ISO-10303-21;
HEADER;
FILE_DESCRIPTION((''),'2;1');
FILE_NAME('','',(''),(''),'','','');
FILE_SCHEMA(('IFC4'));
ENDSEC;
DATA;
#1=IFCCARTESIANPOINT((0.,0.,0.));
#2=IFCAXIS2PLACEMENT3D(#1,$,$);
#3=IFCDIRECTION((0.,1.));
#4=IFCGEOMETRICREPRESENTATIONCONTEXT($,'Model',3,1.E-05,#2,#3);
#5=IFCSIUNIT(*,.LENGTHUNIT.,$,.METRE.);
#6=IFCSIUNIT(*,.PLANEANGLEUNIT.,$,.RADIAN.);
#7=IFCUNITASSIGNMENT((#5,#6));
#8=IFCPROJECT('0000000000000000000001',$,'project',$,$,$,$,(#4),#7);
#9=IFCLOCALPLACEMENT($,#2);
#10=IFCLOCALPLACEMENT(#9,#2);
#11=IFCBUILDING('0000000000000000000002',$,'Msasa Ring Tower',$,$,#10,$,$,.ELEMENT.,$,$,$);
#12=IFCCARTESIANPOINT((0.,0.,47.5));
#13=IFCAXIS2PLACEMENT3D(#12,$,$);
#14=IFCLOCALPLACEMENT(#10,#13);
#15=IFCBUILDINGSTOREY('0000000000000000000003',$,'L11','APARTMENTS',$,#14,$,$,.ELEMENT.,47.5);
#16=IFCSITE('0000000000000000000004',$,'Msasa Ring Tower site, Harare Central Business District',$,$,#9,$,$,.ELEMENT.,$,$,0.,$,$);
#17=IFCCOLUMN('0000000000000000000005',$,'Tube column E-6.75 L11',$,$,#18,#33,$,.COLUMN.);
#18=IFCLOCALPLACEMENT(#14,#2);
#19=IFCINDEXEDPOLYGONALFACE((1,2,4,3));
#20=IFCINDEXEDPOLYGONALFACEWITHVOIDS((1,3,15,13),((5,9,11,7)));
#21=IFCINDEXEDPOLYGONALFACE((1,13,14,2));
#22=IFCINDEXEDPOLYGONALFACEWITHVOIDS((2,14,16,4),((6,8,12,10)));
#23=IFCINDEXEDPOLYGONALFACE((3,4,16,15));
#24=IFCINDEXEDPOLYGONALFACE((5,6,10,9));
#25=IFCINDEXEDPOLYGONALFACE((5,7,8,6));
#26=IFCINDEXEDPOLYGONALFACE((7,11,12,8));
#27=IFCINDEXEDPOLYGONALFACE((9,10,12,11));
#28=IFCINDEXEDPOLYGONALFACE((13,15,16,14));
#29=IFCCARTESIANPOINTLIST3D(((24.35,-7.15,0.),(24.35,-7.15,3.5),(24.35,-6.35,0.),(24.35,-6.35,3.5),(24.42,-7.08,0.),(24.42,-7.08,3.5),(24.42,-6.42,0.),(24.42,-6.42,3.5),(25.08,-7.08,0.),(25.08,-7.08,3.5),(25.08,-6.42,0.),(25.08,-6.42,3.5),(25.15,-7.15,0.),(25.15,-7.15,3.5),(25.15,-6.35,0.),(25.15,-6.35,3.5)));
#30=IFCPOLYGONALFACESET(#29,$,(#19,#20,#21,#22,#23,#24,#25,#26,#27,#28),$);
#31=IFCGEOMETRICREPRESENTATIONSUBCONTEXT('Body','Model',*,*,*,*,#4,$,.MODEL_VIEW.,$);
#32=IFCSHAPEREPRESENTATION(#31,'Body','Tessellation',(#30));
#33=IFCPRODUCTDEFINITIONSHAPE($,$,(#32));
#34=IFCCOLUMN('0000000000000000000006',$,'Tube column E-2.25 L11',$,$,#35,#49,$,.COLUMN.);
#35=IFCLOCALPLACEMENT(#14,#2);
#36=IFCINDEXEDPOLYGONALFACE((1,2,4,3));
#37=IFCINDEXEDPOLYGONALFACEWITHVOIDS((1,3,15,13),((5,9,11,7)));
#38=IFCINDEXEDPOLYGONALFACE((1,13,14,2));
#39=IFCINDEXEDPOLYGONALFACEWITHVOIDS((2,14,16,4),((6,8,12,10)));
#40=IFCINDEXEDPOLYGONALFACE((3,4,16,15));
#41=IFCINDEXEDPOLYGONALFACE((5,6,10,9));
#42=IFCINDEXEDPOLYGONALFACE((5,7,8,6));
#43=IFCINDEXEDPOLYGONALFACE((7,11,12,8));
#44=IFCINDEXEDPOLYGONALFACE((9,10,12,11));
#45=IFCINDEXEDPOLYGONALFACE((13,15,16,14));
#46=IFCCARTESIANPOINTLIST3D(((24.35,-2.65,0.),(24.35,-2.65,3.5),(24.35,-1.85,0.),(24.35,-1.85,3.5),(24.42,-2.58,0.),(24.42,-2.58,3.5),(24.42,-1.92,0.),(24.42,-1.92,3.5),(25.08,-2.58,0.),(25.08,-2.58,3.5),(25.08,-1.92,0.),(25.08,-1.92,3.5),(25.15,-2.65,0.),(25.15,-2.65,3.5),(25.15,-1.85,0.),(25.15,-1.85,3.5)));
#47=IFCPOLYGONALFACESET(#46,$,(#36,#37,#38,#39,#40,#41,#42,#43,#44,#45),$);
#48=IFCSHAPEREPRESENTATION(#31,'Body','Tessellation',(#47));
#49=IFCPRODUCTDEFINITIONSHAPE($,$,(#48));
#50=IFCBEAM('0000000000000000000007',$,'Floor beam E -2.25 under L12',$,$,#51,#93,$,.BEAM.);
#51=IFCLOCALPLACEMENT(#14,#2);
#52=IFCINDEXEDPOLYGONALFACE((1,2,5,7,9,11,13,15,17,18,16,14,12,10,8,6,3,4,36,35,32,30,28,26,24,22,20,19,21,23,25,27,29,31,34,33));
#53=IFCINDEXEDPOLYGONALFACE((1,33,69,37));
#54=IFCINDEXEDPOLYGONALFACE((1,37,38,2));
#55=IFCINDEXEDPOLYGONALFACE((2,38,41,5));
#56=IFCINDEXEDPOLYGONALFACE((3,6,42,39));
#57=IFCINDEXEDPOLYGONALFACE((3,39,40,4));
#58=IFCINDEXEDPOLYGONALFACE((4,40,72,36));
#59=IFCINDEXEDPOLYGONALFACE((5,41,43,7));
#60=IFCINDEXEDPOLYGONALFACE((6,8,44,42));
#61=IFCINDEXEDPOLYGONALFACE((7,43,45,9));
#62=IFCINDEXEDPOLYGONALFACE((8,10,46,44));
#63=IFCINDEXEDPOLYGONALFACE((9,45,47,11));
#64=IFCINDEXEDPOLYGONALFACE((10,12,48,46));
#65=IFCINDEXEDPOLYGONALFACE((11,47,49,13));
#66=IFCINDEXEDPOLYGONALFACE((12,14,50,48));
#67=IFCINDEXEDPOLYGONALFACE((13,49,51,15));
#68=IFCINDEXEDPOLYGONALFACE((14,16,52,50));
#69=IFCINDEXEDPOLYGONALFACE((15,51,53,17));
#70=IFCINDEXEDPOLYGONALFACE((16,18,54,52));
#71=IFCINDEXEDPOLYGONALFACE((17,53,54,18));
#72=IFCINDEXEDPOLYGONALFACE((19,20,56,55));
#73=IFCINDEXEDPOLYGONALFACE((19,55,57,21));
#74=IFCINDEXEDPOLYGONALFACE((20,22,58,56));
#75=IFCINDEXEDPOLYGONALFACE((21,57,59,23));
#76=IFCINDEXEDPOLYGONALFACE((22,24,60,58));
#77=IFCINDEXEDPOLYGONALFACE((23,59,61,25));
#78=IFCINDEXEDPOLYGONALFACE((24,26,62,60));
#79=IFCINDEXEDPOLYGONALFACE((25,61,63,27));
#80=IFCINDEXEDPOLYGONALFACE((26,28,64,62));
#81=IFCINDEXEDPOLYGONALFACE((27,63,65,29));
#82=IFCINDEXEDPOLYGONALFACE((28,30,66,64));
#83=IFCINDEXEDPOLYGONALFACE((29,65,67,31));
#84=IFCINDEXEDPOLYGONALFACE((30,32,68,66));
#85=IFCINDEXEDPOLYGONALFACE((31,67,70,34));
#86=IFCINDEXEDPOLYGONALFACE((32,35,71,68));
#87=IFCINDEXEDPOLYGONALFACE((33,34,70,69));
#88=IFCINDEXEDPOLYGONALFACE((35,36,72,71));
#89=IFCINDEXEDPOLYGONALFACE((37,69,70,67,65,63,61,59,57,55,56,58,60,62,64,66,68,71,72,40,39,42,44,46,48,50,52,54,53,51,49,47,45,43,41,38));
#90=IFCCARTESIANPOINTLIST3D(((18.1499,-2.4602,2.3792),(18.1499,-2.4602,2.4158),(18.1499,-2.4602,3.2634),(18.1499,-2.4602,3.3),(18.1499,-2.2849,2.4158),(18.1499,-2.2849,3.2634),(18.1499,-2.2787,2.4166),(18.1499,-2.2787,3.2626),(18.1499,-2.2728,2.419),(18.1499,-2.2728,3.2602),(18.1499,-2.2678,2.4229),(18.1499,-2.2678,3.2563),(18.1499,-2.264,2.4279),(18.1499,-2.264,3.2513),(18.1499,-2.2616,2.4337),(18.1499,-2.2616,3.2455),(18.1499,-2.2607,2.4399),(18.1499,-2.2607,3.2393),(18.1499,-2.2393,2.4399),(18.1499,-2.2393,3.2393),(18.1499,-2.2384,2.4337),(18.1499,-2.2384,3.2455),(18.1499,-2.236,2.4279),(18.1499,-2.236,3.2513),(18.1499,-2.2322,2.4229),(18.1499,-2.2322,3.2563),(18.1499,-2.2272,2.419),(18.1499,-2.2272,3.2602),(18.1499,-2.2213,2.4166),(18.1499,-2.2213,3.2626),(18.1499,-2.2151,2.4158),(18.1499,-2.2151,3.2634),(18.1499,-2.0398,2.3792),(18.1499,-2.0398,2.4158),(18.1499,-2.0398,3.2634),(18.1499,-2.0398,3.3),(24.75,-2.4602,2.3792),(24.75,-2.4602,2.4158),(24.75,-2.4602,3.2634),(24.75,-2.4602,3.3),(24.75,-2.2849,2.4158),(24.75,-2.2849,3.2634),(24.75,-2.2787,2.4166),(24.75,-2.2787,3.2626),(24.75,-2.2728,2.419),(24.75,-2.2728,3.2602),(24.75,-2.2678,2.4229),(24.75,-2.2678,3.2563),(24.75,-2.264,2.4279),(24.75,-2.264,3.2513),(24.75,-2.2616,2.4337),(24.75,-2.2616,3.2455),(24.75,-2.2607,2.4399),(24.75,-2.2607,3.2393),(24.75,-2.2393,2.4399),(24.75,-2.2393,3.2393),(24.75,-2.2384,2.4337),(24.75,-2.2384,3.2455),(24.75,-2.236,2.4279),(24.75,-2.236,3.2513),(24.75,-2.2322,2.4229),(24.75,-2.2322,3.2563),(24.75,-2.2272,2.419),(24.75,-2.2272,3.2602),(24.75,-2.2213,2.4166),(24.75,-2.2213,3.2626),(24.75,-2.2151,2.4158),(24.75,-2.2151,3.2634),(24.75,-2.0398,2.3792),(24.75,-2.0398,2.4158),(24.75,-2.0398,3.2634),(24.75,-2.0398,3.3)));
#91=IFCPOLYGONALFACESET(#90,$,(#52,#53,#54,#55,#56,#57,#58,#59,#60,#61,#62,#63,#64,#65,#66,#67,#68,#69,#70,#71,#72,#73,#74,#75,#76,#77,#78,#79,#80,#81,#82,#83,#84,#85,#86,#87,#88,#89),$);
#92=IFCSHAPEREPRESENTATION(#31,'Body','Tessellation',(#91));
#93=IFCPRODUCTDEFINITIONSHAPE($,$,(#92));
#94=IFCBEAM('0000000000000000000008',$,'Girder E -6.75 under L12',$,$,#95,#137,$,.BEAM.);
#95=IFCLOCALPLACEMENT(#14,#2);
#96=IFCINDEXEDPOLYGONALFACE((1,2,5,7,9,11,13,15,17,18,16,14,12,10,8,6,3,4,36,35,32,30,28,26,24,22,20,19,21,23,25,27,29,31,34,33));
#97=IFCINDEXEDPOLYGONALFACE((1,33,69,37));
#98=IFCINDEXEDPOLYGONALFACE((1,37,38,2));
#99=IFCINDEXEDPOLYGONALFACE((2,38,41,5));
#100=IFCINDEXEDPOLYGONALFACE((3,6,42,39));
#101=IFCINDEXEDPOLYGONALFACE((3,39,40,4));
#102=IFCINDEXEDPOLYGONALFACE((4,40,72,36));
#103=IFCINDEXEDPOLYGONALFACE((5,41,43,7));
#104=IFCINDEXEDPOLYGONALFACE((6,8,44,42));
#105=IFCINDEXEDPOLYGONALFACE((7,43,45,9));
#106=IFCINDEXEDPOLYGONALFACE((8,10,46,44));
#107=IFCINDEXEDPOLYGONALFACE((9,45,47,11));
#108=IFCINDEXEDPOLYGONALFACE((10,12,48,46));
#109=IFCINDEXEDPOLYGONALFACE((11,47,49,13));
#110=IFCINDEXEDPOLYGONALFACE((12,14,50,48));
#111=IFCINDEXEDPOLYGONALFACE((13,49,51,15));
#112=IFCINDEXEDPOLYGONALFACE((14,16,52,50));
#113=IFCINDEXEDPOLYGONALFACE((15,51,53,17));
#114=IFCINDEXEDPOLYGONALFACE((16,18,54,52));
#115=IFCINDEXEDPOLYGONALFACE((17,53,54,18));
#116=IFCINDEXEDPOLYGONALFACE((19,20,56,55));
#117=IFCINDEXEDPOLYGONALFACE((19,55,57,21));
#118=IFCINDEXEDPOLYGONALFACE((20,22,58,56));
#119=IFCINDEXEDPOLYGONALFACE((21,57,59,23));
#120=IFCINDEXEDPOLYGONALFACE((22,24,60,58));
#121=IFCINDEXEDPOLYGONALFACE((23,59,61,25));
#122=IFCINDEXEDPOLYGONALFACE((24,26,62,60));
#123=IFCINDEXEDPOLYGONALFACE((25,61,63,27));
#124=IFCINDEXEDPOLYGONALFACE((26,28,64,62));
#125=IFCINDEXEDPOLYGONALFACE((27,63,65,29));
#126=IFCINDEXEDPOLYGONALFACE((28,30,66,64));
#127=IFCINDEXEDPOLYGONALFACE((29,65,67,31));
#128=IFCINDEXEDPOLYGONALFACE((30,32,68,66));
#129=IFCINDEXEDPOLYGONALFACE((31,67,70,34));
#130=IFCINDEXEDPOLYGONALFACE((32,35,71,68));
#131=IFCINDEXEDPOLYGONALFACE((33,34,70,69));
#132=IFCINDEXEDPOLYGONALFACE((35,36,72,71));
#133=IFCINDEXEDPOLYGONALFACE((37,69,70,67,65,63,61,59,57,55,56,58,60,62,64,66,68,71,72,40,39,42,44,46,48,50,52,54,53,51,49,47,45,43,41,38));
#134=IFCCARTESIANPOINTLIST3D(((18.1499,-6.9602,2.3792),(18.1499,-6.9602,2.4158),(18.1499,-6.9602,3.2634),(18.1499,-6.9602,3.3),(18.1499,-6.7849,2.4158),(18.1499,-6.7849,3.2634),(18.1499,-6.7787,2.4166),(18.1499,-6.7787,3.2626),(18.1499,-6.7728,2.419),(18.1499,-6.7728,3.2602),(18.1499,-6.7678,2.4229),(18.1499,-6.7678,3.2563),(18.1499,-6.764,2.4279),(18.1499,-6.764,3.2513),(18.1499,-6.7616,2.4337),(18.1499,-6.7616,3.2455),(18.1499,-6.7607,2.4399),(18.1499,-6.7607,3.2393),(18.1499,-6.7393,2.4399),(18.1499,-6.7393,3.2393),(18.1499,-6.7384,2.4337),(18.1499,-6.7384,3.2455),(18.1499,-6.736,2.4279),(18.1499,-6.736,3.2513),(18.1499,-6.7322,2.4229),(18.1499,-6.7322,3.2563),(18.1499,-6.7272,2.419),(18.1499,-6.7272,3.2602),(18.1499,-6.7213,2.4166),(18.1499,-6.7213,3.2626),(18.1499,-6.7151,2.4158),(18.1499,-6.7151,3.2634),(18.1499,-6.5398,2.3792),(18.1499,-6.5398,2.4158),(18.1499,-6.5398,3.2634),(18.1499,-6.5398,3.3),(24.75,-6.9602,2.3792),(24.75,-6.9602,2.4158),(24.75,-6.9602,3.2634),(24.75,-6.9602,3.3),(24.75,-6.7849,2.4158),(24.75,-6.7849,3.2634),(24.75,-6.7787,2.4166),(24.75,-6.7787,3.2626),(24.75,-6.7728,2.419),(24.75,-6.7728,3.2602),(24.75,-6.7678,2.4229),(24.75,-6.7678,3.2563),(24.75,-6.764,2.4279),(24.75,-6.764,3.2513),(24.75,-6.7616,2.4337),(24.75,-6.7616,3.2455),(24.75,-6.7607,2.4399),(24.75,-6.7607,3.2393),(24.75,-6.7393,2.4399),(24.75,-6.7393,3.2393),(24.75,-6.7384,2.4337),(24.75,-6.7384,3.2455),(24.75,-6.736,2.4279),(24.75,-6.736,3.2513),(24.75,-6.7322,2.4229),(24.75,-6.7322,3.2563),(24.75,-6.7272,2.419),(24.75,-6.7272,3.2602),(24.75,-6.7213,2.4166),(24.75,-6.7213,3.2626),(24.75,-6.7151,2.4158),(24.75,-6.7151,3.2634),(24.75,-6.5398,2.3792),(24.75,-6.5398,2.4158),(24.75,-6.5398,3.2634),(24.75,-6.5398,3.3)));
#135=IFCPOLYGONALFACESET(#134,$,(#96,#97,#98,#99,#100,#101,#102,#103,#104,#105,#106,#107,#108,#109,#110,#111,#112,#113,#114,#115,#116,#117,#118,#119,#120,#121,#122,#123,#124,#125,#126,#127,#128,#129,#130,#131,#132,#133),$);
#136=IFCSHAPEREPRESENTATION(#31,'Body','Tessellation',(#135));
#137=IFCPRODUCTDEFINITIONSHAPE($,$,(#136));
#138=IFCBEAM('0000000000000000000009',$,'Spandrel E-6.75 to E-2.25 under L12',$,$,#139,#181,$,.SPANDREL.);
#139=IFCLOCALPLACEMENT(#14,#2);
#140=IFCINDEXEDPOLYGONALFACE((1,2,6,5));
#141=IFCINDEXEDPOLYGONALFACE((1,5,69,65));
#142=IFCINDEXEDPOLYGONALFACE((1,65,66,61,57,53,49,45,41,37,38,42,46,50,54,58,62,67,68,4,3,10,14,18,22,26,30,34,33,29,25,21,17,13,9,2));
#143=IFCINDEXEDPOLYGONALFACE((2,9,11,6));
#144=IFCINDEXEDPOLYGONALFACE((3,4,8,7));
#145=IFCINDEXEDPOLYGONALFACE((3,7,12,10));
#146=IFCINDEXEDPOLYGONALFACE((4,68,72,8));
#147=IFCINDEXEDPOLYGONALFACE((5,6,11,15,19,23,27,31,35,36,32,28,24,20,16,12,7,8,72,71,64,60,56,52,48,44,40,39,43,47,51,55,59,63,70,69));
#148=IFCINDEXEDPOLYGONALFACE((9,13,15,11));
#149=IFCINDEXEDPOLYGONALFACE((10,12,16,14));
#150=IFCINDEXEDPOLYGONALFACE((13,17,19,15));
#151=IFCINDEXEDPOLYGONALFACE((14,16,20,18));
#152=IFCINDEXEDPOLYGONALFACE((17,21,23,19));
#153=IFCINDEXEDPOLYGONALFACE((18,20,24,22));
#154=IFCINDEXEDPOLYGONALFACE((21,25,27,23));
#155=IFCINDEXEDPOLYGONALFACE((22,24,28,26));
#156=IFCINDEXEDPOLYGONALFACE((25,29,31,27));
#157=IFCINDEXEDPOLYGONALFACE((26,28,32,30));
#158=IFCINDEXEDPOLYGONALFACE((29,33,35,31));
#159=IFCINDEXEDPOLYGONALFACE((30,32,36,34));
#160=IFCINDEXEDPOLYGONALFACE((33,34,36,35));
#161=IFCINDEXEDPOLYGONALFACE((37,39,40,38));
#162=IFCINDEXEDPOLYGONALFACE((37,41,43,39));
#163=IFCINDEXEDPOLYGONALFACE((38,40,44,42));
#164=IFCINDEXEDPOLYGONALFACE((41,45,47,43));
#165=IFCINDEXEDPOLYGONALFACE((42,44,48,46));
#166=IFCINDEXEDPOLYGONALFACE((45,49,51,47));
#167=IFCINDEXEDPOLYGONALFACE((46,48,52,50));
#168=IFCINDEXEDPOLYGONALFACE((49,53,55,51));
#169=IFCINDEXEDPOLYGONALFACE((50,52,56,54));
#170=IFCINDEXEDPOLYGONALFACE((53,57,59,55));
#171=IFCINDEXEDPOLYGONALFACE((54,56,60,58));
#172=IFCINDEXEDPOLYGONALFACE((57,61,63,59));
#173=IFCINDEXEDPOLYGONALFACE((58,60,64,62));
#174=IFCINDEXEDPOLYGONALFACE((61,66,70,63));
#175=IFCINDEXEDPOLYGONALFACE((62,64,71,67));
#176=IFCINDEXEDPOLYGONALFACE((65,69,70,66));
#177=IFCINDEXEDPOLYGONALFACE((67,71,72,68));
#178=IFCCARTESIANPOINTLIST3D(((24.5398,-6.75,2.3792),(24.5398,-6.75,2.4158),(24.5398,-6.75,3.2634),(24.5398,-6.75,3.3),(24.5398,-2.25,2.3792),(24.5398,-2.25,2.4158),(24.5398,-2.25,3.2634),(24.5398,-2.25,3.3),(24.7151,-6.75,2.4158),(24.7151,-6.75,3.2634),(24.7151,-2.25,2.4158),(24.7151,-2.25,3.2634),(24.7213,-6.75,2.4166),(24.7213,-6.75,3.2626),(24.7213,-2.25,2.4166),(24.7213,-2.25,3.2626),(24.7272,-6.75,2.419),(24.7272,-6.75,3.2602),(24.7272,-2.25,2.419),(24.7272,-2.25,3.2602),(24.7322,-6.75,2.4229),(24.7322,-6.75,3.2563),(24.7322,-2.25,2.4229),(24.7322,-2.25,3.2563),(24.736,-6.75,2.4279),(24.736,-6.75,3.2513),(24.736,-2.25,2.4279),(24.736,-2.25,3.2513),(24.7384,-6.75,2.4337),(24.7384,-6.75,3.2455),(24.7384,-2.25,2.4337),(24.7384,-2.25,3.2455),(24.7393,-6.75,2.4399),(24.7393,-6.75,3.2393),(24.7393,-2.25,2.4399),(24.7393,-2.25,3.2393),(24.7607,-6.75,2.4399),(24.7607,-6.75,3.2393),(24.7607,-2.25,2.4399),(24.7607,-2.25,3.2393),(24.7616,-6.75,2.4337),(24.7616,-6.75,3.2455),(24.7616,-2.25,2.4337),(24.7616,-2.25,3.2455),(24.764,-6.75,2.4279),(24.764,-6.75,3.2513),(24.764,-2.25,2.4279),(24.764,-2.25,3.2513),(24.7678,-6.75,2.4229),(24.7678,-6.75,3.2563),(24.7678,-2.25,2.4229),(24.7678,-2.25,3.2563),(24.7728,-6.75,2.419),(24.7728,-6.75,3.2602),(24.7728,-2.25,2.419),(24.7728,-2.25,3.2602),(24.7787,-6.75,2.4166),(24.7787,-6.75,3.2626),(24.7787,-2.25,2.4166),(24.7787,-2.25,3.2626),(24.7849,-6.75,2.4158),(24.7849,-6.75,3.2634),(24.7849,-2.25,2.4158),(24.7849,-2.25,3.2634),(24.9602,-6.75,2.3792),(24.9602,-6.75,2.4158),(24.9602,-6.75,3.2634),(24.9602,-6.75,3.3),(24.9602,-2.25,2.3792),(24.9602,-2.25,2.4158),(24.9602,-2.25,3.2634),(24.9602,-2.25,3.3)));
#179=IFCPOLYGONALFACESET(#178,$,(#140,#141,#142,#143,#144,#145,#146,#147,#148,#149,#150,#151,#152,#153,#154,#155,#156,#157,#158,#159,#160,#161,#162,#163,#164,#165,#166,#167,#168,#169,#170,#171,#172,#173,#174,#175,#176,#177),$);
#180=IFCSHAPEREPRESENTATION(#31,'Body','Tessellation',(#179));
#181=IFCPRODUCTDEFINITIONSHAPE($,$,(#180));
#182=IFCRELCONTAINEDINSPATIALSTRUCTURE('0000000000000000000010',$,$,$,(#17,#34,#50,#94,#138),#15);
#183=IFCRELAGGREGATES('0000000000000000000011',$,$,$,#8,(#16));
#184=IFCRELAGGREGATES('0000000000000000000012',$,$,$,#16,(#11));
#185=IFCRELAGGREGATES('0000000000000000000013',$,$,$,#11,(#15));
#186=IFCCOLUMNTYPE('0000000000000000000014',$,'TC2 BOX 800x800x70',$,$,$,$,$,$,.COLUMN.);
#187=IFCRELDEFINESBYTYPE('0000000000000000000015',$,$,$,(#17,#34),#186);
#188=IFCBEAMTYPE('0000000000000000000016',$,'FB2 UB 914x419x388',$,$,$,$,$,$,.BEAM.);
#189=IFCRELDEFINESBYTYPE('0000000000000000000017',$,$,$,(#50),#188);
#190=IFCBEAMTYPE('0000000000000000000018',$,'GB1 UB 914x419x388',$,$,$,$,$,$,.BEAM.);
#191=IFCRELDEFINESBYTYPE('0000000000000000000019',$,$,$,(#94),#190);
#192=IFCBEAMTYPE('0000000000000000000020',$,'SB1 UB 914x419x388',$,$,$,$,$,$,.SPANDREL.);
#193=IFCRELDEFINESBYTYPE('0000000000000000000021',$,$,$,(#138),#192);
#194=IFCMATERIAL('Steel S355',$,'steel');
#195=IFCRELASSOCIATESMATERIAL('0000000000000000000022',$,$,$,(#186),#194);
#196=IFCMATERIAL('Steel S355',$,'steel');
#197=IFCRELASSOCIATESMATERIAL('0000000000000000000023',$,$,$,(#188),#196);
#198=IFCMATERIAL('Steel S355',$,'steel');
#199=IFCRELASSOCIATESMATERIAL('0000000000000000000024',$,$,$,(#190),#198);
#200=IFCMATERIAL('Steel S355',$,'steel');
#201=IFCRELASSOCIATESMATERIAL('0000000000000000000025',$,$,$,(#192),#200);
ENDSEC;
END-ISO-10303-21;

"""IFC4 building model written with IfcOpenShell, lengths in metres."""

from ifc_helpers import new_model, si_unit, direction, frame, origin, origin_2d, place, context, subcontext, project, spatial, hollow_rectangle, i_section, extrude, material, material_profile, profile_set, type_object, element, save


model = new_model("IFC4")

# Units and contexts
model_context = context("Model", 3, precision=1e-05, world=origin(), true_north=direction((0.0, 1.0)))
body_context = subcontext(model_context, "Body", "Model", "MODEL_VIEW")
ifc_project = project(units=[si_unit("LENGTHUNIT", "METRE"), si_unit("PLANEANGLEUNIT", "RADIAN")], contexts=[model_context])

# Site, building, storey
site_placement = place(None, origin())
site = spatial("IfcSite", under=ifc_project, at=site_placement, Name="Msasa Ring Tower site, Harare Central Business District", CompositionType="ELEMENT", RefElevation=0.0)
building_placement = place(site_placement, origin())
building = spatial("IfcBuilding", under=site, at=building_placement, Name="Msasa Ring Tower", CompositionType="ELEMENT")
storey_placement = place(building_placement, frame((0.0, 0.0, 47.5)))
storey = spatial("IfcBuildingStorey", under=building, at=storey_placement, Name="L11", Description="APARTMENTS", CompositionType="ELEMENT", Elevation=47.5)

# Columns
ifc_material_1 = material(Name="Steel S355", Category="steel")
ifc_material_profile_1 = material_profile(ifc_material_1, hollow_rectangle(XDim=0.8, YDim=0.8, WallThickness=0.0701, at=origin_2d()), Name="BOX 800x800x70")
ifc_profile_set_1 = profile_set([ifc_material_profile_1], Name="Steel S355")
column_type = type_object("IfcColumnType", Name="TC2 BOX 800x800x70", PredefinedType="COLUMN", material=ifc_profile_set_1)
for number, where, z_axis, x_axis, name in (
    (1, (24.75, -6.75, 0.0), (0.0, 0.0, 1.0), (1.0, 0.0, 0.0), "Tube column E-6.75 L11"),
    (2, (24.75, -2.25, 0.0), (0.0, 0.0, 1.0), (1.0, 0.0, 0.0), "Tube column E-2.25 L11"),
):
    element("IfcColumn", number, at=place(storey_placement, frame(where, z_axis=z_axis, x_axis=x_axis)), inside=storey, type_object=column_type, Name=name, PredefinedType="COLUMN", context=body_context, shape_type="SweptSolid", body=[
        extrude(hollow_rectangle(XDim=0.8, YDim=0.8, WallThickness=0.0701, at=origin_2d()), origin(), (0.0, 0.0, 1.0), 3.5),
    ])

# Beams
ifc_material_2 = material(Name="Steel S355", Category="steel")
ifc_material_profile_2 = material_profile(ifc_material_2, i_section(OverallWidth=0.4204, OverallDepth=0.9209, WebThickness=0.0215, FlangeThickness=0.0366, FilletRadius=0.0242, at=origin_2d()), Name="UB 914x419x388")
ifc_profile_set_2 = profile_set([ifc_material_profile_2], Name="Steel S355")
beam_type_1 = type_object("IfcBeamType", Name="FB2 UB 914x419x388", PredefinedType="BEAM", material=ifc_profile_set_2)
beam_1_placement = place(storey_placement, frame((24.75, -2.25, 2.8396), z_axis=(-1.0, 0.0, 0.0), x_axis=(0.0, -1.0, 0.0)))
element("IfcBeam", 3, at=beam_1_placement, inside=storey, type_object=beam_type_1, Name="Floor beam E -2.25 under L12", PredefinedType="BEAM", context=body_context, shape_type="SweptSolid", body=[
    extrude(i_section(OverallWidth=0.4204, OverallDepth=0.9209, WebThickness=0.0215, FlangeThickness=0.0366, FilletRadius=0.0242, at=origin_2d()), origin(), (0.0, 0.0, 1.0), 6.6001),
])
ifc_material_3 = material(Name="Steel S355", Category="steel")
ifc_material_profile_3 = material_profile(ifc_material_3, i_section(OverallWidth=0.4204, OverallDepth=0.9209, WebThickness=0.0215, FlangeThickness=0.0366, FilletRadius=0.0242, at=origin_2d()), Name="UB 914x419x388")
ifc_profile_set_3 = profile_set([ifc_material_profile_3], Name="Steel S355")
beam_type_2 = type_object("IfcBeamType", Name="GB1 UB 914x419x388", PredefinedType="BEAM", material=ifc_profile_set_3)
beam_2_placement = place(storey_placement, frame((18.1499, -6.75, 2.8396), z_axis=(1.0, 0.0, 0.0), x_axis=(0.0, 1.0, 0.0)))
element("IfcBeam", 4, at=beam_2_placement, inside=storey, type_object=beam_type_2, Name="Girder E -6.75 under L12", PredefinedType="BEAM", context=body_context, shape_type="SweptSolid", body=[
    extrude(i_section(OverallWidth=0.4204, OverallDepth=0.9209, WebThickness=0.0215, FlangeThickness=0.0366, FilletRadius=0.0242, at=origin_2d()), origin(), (0.0, 0.0, 1.0), 6.6001),
])
ifc_material_4 = material(Name="Steel S355", Category="steel")
ifc_material_profile_4 = material_profile(ifc_material_4, i_section(OverallWidth=0.4204, OverallDepth=0.9209, WebThickness=0.0215, FlangeThickness=0.0366, FilletRadius=0.0242, at=origin_2d()), Name="UB 914x419x388")
ifc_profile_set_4 = profile_set([ifc_material_profile_4], Name="Steel S355")
beam_type_3 = type_object("IfcBeamType", Name="SB1 UB 914x419x388", PredefinedType="SPANDREL", material=ifc_profile_set_4)
for number, where, z_axis, x_axis, name in (
    (5, (24.75, -6.75, 2.8396), (0.0, 1.0, 0.0), (-1.0, 0.0, 0.0), "Spandrel E-6.75 to E-2.25 under L12"),
):
    element("IfcBeam", number, at=place(storey_placement, frame(where, z_axis=z_axis, x_axis=x_axis)), inside=storey, type_object=beam_type_3, Name=name, PredefinedType="SPANDREL", context=body_context, shape_type="SweptSolid", body=[
        extrude(i_section(OverallWidth=0.4204, OverallDepth=0.9209, WebThickness=0.0215, FlangeThickness=0.0366, FilletRadius=0.0242, at=origin_2d()), origin(), (0.0, 0.0, 1.0), 4.5),
    ])

save(model, "model.ifc")
